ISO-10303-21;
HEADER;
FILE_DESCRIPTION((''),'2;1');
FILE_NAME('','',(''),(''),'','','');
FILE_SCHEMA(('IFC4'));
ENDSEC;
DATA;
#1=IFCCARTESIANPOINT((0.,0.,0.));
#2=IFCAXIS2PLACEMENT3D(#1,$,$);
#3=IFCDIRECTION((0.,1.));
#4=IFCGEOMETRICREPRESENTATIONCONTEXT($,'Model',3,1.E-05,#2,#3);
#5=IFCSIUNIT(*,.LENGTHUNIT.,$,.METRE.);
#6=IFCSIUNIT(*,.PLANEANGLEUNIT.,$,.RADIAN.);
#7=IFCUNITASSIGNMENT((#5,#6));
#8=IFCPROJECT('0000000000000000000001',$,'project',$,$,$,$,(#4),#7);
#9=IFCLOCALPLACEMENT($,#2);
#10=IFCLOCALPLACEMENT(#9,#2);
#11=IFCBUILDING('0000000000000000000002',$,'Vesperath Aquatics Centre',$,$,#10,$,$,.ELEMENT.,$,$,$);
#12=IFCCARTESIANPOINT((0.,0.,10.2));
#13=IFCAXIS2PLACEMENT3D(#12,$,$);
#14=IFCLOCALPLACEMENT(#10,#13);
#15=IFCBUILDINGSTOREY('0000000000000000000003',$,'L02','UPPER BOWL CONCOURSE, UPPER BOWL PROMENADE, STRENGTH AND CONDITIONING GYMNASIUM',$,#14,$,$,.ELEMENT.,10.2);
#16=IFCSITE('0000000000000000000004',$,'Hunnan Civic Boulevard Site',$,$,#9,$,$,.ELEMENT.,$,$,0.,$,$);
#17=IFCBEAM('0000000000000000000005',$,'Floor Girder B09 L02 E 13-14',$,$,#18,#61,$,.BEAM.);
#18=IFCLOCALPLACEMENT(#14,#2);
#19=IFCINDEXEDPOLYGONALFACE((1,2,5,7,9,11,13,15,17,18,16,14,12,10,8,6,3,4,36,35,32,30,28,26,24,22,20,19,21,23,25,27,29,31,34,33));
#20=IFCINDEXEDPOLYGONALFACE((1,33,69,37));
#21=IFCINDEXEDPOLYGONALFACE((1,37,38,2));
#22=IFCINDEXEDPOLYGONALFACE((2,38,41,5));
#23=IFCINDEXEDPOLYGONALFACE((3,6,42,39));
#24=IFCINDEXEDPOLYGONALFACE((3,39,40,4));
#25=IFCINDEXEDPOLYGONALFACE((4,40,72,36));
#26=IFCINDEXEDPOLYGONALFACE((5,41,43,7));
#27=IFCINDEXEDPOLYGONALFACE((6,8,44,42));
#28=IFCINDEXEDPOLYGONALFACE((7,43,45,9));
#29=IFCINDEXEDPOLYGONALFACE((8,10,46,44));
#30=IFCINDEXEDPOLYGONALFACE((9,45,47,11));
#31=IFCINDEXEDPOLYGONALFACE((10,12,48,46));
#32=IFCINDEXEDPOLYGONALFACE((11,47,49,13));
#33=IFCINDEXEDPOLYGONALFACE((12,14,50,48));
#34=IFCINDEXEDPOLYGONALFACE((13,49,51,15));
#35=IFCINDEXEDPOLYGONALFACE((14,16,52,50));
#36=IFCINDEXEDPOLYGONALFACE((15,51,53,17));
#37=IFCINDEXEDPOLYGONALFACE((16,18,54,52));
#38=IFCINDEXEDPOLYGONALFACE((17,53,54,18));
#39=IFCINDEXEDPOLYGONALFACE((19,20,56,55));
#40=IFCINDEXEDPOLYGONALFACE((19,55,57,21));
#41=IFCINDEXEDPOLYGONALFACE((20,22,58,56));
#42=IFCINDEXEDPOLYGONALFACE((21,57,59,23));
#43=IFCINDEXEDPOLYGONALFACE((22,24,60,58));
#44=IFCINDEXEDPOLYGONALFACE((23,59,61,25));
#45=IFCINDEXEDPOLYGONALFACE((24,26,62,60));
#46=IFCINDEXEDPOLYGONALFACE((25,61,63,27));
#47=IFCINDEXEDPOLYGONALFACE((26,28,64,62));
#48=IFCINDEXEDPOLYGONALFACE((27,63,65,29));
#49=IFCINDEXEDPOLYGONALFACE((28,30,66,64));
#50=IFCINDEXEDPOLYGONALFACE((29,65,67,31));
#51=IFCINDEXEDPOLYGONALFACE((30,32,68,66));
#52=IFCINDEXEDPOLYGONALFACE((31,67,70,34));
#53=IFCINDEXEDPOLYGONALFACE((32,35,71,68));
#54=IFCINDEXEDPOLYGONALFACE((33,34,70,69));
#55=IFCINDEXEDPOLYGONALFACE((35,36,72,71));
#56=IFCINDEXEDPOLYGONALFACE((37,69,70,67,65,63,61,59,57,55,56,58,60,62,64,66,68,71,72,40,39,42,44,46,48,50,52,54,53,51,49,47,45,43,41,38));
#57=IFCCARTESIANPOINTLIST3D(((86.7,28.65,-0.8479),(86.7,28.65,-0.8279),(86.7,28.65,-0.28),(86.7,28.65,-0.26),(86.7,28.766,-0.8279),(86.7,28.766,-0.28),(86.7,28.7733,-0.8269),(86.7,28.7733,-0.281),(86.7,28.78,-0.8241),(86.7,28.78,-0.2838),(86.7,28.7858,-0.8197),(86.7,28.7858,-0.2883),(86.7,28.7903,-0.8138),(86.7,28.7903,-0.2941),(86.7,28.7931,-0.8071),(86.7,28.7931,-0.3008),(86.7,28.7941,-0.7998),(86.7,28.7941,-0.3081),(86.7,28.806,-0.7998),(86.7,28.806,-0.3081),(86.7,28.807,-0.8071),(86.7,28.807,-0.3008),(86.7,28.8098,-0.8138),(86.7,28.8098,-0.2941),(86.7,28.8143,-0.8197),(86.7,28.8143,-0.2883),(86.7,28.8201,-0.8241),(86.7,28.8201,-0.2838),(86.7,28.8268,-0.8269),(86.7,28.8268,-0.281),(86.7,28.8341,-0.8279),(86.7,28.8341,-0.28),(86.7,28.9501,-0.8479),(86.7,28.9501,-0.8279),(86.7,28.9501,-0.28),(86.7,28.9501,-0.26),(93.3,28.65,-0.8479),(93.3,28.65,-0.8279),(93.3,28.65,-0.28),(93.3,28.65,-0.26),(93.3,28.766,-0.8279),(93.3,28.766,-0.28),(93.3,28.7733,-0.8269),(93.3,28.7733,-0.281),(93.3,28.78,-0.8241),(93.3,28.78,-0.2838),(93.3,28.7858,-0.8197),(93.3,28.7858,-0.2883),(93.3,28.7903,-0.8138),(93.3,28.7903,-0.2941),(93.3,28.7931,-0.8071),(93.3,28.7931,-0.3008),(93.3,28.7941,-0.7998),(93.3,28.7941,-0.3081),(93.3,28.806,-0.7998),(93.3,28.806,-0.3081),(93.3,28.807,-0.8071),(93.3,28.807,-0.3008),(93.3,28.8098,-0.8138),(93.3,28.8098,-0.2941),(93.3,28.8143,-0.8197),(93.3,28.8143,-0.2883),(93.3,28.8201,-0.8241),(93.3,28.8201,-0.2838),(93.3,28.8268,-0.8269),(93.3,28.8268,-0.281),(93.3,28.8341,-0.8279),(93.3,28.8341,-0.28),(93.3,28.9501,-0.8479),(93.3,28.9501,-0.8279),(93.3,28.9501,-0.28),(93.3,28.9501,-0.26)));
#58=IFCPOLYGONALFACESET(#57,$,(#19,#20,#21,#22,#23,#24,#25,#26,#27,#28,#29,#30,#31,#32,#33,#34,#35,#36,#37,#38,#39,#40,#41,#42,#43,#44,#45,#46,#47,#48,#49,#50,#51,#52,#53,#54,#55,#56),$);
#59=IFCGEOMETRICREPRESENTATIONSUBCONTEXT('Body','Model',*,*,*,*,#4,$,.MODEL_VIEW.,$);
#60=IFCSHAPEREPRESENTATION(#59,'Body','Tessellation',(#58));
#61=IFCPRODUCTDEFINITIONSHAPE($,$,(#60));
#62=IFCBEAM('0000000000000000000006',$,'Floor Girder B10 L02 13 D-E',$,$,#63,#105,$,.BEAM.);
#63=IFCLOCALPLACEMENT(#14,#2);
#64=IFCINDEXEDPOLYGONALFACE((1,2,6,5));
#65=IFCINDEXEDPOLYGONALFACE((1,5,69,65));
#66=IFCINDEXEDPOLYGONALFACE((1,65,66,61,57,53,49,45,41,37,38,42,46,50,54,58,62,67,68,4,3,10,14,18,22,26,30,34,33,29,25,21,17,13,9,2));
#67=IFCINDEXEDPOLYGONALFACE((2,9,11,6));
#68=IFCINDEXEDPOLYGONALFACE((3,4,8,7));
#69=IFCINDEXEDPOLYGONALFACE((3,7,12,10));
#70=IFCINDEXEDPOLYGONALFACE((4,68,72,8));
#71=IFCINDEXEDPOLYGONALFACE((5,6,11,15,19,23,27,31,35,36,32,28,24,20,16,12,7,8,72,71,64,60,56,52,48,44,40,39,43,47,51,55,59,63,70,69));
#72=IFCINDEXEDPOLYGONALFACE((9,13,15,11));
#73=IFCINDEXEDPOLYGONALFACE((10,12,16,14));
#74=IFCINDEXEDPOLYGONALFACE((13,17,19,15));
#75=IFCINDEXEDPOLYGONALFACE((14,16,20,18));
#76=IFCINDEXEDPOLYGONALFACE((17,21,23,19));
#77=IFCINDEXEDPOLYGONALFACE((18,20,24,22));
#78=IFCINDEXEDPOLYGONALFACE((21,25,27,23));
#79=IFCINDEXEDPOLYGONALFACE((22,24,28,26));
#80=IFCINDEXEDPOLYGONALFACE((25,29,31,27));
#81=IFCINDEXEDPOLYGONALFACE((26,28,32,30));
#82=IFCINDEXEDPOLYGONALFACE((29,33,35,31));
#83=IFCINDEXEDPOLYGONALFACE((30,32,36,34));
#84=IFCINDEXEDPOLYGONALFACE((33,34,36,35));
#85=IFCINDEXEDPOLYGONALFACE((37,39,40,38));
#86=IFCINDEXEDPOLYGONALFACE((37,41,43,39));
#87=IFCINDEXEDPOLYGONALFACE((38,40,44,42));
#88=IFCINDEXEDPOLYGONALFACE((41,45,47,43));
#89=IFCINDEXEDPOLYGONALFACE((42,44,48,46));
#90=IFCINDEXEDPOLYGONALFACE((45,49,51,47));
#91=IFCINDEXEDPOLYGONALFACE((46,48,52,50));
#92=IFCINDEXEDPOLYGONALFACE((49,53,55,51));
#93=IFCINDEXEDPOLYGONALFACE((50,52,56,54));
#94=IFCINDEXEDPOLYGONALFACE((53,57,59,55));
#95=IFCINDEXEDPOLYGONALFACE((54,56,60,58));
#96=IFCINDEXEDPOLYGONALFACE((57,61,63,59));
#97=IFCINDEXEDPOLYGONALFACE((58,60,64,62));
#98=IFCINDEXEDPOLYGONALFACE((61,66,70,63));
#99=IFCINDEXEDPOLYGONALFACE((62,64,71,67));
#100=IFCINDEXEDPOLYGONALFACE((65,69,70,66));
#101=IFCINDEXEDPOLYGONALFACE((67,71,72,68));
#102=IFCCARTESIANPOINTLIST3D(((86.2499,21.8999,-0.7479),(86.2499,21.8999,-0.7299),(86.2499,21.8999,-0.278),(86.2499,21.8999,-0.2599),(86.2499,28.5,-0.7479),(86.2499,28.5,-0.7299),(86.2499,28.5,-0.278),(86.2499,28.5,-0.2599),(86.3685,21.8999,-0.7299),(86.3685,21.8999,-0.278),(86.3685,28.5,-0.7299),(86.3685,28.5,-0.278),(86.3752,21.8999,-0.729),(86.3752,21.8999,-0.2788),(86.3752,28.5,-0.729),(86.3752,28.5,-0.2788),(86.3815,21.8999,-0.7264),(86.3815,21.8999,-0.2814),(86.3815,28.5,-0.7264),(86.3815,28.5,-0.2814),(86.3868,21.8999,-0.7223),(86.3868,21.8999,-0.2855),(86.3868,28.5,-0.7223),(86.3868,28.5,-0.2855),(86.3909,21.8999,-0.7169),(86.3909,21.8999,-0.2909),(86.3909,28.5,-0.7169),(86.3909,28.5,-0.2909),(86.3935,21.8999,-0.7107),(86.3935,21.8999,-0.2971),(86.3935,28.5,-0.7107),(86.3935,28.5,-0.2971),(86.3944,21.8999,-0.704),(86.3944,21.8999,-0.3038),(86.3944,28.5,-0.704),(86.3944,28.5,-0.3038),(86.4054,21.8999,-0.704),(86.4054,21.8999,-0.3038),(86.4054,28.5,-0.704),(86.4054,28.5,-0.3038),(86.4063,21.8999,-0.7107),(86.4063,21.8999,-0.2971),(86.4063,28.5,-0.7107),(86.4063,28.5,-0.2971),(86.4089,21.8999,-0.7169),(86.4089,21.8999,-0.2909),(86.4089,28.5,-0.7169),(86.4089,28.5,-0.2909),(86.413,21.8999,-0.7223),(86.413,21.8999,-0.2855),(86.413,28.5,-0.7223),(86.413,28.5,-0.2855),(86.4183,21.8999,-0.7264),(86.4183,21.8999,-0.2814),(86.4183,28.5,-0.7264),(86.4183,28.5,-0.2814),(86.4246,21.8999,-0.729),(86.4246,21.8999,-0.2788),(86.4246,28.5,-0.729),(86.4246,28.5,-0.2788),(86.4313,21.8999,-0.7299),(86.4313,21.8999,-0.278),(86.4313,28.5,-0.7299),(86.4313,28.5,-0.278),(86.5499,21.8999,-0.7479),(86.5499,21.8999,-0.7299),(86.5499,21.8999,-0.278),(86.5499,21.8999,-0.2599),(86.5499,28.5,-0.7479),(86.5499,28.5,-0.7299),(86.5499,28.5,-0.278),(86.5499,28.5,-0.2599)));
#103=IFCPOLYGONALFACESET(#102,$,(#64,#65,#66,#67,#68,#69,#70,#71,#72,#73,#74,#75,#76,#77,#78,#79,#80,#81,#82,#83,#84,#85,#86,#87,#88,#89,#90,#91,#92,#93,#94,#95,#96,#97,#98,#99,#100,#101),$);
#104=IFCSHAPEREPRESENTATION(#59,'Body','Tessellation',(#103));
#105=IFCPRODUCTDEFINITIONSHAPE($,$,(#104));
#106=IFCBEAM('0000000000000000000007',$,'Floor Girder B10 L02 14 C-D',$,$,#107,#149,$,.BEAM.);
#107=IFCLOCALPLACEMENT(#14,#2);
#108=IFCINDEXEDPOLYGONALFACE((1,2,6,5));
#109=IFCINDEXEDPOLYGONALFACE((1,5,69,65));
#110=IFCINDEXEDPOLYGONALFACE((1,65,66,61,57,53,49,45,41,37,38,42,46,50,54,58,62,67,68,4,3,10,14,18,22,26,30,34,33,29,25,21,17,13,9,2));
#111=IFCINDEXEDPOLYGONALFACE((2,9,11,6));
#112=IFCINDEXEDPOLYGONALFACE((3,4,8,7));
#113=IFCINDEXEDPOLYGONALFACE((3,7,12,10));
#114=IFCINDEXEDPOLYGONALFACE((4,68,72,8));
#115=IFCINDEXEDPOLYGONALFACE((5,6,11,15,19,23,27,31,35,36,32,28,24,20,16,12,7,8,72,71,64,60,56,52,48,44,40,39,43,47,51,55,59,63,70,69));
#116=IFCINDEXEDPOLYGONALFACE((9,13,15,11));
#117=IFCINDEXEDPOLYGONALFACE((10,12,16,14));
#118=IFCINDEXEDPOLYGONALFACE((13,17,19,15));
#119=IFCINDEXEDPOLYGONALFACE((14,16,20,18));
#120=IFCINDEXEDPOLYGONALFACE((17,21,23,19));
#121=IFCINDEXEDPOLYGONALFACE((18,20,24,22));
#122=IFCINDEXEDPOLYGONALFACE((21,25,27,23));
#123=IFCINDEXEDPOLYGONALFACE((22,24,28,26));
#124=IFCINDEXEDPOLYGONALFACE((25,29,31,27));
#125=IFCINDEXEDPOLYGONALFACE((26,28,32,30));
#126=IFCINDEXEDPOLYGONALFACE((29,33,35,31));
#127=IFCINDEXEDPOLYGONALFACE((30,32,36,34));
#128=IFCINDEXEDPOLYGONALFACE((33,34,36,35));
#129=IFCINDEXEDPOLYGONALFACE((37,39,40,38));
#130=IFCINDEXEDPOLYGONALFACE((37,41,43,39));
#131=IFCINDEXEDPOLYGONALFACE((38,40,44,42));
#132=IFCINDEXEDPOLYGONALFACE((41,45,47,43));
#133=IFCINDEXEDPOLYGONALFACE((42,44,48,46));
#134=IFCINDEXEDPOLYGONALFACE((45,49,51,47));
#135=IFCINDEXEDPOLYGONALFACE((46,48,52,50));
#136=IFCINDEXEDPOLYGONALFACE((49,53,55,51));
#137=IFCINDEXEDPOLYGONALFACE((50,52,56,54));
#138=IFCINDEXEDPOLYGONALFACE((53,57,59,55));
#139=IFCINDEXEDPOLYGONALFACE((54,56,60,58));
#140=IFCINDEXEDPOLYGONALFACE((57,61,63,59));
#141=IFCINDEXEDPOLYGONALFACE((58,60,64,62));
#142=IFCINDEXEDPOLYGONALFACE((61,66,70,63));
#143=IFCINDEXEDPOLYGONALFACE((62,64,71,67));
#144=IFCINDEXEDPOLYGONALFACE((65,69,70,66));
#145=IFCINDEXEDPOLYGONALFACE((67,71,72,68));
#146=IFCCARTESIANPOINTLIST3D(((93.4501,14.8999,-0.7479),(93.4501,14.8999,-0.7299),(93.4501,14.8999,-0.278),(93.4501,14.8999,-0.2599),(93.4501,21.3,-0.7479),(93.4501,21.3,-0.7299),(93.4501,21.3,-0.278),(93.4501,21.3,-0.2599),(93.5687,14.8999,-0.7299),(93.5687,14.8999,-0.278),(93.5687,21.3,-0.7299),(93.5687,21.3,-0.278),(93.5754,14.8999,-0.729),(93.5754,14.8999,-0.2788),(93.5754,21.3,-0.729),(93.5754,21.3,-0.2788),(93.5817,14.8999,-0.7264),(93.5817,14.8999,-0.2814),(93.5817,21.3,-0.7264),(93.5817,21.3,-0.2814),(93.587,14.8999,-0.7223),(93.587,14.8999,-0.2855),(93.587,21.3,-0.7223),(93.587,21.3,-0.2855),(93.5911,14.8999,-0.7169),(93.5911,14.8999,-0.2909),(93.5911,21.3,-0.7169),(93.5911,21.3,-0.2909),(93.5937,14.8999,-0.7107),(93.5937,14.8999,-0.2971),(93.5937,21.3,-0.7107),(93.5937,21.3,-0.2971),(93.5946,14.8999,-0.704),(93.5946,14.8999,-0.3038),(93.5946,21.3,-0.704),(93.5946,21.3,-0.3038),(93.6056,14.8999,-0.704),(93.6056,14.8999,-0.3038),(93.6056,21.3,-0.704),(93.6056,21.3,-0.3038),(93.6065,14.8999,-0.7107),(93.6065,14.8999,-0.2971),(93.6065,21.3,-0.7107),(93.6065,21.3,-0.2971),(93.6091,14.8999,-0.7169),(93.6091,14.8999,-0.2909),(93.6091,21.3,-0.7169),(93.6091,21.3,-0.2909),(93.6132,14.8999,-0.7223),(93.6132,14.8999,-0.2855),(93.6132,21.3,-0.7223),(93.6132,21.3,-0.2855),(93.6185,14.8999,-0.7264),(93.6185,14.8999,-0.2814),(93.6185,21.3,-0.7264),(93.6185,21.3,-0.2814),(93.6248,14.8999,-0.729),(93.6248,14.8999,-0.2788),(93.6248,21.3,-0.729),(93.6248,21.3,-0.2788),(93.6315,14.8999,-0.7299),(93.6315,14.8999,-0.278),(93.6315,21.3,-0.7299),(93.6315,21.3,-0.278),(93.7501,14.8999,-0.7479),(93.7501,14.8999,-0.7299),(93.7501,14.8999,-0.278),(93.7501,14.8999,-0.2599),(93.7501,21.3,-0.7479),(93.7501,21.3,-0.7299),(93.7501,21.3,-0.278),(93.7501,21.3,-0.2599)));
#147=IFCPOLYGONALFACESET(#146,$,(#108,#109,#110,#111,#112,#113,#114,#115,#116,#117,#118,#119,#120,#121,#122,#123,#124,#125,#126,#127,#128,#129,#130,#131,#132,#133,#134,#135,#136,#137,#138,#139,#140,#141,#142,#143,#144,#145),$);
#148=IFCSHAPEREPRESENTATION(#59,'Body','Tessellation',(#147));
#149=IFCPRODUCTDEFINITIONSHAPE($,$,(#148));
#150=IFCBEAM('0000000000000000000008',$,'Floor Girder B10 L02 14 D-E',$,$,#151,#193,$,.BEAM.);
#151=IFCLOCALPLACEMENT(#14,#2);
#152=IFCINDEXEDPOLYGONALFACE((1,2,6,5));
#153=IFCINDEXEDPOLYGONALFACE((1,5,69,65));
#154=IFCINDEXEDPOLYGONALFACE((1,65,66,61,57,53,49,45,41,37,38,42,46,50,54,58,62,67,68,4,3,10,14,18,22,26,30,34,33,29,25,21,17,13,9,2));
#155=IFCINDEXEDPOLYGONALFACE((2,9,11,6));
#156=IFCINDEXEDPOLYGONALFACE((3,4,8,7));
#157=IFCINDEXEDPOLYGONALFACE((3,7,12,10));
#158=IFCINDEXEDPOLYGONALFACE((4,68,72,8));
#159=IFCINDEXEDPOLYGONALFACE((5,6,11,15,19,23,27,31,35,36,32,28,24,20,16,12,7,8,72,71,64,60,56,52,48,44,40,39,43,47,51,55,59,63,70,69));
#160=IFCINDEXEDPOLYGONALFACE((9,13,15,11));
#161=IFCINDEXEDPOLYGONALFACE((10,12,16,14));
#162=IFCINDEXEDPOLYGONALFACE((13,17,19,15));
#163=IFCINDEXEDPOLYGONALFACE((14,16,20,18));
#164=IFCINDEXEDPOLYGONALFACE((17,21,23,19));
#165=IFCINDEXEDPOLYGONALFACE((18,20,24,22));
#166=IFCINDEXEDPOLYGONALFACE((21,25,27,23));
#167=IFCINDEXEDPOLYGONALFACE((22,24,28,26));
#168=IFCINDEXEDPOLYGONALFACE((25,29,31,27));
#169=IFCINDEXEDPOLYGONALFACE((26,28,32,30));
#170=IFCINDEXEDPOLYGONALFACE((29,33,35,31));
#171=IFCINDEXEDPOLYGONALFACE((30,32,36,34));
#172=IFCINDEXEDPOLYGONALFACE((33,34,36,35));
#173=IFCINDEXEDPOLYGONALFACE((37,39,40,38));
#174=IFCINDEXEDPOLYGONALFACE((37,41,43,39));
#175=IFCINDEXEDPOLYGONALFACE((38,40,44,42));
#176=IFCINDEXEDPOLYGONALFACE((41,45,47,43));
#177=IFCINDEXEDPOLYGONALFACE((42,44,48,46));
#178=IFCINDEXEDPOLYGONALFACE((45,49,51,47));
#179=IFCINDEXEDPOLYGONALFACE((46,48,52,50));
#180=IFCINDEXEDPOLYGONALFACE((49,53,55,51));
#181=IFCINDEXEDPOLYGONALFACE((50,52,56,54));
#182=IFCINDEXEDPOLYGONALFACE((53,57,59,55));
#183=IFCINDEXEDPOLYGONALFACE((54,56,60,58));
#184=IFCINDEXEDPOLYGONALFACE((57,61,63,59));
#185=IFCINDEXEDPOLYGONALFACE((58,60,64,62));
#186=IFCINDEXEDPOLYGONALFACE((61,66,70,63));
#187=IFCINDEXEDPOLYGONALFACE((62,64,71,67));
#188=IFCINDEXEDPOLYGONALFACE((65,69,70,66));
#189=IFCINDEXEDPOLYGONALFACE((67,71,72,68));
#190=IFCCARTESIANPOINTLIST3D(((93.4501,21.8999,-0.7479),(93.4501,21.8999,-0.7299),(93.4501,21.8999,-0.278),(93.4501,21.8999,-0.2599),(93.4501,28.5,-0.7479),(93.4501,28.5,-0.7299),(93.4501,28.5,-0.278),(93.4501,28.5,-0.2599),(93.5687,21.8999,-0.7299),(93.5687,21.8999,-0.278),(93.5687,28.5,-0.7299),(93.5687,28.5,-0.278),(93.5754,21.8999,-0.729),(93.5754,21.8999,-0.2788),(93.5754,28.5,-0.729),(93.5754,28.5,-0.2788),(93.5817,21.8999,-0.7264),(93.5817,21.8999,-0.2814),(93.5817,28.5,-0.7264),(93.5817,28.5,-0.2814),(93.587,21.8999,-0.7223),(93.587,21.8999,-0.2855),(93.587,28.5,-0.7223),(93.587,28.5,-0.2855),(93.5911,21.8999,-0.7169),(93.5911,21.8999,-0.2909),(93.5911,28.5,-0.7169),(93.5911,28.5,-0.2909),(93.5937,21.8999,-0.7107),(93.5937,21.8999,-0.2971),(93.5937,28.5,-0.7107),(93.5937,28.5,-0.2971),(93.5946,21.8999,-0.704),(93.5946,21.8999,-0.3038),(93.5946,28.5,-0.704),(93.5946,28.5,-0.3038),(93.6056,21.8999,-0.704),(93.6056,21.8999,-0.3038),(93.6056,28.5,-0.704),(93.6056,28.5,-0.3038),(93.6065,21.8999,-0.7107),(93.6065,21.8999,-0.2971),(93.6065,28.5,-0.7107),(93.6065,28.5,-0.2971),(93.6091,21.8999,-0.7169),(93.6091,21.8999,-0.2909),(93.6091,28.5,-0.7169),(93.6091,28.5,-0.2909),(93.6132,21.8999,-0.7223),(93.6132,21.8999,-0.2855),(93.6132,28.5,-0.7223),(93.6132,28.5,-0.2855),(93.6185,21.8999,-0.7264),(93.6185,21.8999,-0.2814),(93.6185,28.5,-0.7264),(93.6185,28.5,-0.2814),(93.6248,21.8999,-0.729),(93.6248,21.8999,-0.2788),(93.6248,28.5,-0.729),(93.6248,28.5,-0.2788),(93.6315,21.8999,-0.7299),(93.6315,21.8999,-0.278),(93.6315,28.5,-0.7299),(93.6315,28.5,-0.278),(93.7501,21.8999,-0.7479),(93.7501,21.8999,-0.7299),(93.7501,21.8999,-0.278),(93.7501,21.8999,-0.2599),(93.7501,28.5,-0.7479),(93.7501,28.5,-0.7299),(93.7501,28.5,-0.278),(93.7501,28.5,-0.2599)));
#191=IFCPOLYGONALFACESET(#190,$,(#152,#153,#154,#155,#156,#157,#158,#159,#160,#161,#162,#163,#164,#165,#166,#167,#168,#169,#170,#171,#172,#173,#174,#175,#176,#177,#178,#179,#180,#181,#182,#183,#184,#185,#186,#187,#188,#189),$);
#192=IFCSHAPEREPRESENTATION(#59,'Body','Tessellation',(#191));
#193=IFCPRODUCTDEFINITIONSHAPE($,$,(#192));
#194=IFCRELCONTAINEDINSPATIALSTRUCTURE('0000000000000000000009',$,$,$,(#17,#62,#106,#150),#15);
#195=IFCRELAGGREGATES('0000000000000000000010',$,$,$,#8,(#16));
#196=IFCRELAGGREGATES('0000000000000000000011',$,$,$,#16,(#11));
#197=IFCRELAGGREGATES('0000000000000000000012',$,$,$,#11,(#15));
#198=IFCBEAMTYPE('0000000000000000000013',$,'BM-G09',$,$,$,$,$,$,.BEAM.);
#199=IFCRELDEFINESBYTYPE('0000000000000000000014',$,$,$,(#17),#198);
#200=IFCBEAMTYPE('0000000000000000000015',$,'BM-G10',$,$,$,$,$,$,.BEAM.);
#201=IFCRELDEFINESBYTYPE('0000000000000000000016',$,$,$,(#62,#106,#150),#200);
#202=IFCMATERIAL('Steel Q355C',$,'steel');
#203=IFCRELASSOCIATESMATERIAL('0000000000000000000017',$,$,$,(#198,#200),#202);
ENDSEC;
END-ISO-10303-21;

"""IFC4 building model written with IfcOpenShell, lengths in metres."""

from ifc_helpers import new_model, si_unit, direction, frame, origin, origin_2d, place, context, subcontext, project, spatial, i_section, extrude, material, material_profile, profile_set, type_object, element, save


model = new_model("IFC4")

# Units and contexts
model_context = context("Model", 3, precision=1e-05, world=origin(), true_north=direction((0.0, 1.0)))
body_context = subcontext(model_context, "Body", "Model", "MODEL_VIEW")
ifc_project = project(units=[si_unit("LENGTHUNIT", "METRE"), si_unit("PLANEANGLEUNIT", "RADIAN")], contexts=[model_context])

# Site, building, storey
site_placement = place(None, origin())
site = spatial("IfcSite", under=ifc_project, at=site_placement, Name="Hunnan Civic Boulevard Site", CompositionType="ELEMENT", RefElevation=0.0)
building_placement = place(site_placement, origin())
building = spatial("IfcBuilding", under=site, at=building_placement, Name="Vesperath Aquatics Centre", CompositionType="ELEMENT")
storey_placement = place(building_placement, frame((0.0, 0.0, 10.2)))
storey = spatial("IfcBuildingStorey", under=building, at=storey_placement, Name="L02", Description="UPPER BOWL CONCOURSE, UPPER BOWL PROMENADE, STRENGTH AND CONDITIONING GYMNASIUM", CompositionType="ELEMENT", Elevation=10.2)

# Beams
ifc_material_1 = material(Name="Steel Q355C", Category="steel")
ifc_material_profile_1 = material_profile(ifc_material_1, i_section(OverallWidth=0.3, OverallDepth=0.5879, WebThickness=0.012, FlangeThickness=0.02, FilletRadius=0.0281, at=origin_2d()), Name="HM 588x300x12x20")
ifc_profile_set_1 = profile_set([ifc_material_profile_1], Name="Steel Q355C")
beam_type_1 = type_object("IfcBeamType", Name="BM-G09", PredefinedType="BEAM", material=ifc_profile_set_1)
for number, where, z_axis, x_axis, name in (
    (1, (86.7, 28.8, -0.554), (1.0, 0.0, 0.0), (0.0, 1.0, 0.0), "Floor Girder B09 L02 E 13-14"),
):
    element("IfcBeam", number, at=place(storey_placement, frame(where, z_axis=z_axis, x_axis=x_axis)), inside=storey, type_object=beam_type_1, Name=name, PredefinedType="BEAM", context=body_context, shape_type="SweptSolid", body=[
        extrude(i_section(OverallWidth=0.3, OverallDepth=0.5879, WebThickness=0.012, FlangeThickness=0.02, FilletRadius=0.0281, at=origin_2d()), origin(), (0.0, 0.0, 1.0), 6.6001),
    ])
ifc_material_profile_2 = material_profile(ifc_material_1, i_section(OverallWidth=0.3, OverallDepth=0.488, WebThickness=0.011, FlangeThickness=0.0181, FilletRadius=0.0259, at=origin_2d()), Name="HM 488x300x11x18")
ifc_profile_set_2 = profile_set([ifc_material_profile_2], Name="Steel Q355C")
beam_type_2 = type_object("IfcBeamType", Name="BM-G10", PredefinedType="BEAM", material=ifc_profile_set_2)
beam_1_placement = place(storey_placement, frame((86.3999, 21.8999, -0.5039), z_axis=(0.0, 1.0, 0.0), x_axis=(-1.0, 0.0, 0.0)))
element("IfcBeam", 2, at=beam_1_placement, inside=storey, type_object=beam_type_2, Name="Floor Girder B10 L02 13 D-E", PredefinedType="BEAM", context=body_context, shape_type="SweptSolid", body=[
    extrude(i_section(OverallWidth=0.3, OverallDepth=0.488, WebThickness=0.011, FlangeThickness=0.0181, FilletRadius=0.0259, at=origin_2d()), origin(), (0.0, 0.0, 1.0), 6.6001),
])
beam_2_placement = place(storey_placement, frame((93.6001, 14.8999, -0.5039), z_axis=(0.0, 1.0, 0.0), x_axis=(-1.0, 0.0, 0.0)))
element("IfcBeam", 3, at=beam_2_placement, inside=storey, type_object=beam_type_2, Name="Floor Girder B10 L02 14 C-D", PredefinedType="BEAM", context=body_context, shape_type="SweptSolid", body=[
    extrude(i_section(OverallWidth=0.3, OverallDepth=0.488, WebThickness=0.011, FlangeThickness=0.0181, FilletRadius=0.0259, at=origin_2d()), origin(), (0.0, 0.0, 1.0), 6.4001),
])
beam_3_placement = place(storey_placement, frame((93.6001, 21.8999, -0.5039), z_axis=(0.0, 1.0, 0.0), x_axis=(-1.0, 0.0, 0.0)))
element("IfcBeam", 4, at=beam_3_placement, inside=storey, type_object=beam_type_2, Name="Floor Girder B10 L02 14 D-E", PredefinedType="BEAM", context=body_context, shape_type="SweptSolid", body=[
    extrude(i_section(OverallWidth=0.3, OverallDepth=0.488, WebThickness=0.011, FlangeThickness=0.0181, FilletRadius=0.0259, at=origin_2d()), origin(), (0.0, 0.0, 1.0), 6.6001),
])

save(model, "model.ifc")
